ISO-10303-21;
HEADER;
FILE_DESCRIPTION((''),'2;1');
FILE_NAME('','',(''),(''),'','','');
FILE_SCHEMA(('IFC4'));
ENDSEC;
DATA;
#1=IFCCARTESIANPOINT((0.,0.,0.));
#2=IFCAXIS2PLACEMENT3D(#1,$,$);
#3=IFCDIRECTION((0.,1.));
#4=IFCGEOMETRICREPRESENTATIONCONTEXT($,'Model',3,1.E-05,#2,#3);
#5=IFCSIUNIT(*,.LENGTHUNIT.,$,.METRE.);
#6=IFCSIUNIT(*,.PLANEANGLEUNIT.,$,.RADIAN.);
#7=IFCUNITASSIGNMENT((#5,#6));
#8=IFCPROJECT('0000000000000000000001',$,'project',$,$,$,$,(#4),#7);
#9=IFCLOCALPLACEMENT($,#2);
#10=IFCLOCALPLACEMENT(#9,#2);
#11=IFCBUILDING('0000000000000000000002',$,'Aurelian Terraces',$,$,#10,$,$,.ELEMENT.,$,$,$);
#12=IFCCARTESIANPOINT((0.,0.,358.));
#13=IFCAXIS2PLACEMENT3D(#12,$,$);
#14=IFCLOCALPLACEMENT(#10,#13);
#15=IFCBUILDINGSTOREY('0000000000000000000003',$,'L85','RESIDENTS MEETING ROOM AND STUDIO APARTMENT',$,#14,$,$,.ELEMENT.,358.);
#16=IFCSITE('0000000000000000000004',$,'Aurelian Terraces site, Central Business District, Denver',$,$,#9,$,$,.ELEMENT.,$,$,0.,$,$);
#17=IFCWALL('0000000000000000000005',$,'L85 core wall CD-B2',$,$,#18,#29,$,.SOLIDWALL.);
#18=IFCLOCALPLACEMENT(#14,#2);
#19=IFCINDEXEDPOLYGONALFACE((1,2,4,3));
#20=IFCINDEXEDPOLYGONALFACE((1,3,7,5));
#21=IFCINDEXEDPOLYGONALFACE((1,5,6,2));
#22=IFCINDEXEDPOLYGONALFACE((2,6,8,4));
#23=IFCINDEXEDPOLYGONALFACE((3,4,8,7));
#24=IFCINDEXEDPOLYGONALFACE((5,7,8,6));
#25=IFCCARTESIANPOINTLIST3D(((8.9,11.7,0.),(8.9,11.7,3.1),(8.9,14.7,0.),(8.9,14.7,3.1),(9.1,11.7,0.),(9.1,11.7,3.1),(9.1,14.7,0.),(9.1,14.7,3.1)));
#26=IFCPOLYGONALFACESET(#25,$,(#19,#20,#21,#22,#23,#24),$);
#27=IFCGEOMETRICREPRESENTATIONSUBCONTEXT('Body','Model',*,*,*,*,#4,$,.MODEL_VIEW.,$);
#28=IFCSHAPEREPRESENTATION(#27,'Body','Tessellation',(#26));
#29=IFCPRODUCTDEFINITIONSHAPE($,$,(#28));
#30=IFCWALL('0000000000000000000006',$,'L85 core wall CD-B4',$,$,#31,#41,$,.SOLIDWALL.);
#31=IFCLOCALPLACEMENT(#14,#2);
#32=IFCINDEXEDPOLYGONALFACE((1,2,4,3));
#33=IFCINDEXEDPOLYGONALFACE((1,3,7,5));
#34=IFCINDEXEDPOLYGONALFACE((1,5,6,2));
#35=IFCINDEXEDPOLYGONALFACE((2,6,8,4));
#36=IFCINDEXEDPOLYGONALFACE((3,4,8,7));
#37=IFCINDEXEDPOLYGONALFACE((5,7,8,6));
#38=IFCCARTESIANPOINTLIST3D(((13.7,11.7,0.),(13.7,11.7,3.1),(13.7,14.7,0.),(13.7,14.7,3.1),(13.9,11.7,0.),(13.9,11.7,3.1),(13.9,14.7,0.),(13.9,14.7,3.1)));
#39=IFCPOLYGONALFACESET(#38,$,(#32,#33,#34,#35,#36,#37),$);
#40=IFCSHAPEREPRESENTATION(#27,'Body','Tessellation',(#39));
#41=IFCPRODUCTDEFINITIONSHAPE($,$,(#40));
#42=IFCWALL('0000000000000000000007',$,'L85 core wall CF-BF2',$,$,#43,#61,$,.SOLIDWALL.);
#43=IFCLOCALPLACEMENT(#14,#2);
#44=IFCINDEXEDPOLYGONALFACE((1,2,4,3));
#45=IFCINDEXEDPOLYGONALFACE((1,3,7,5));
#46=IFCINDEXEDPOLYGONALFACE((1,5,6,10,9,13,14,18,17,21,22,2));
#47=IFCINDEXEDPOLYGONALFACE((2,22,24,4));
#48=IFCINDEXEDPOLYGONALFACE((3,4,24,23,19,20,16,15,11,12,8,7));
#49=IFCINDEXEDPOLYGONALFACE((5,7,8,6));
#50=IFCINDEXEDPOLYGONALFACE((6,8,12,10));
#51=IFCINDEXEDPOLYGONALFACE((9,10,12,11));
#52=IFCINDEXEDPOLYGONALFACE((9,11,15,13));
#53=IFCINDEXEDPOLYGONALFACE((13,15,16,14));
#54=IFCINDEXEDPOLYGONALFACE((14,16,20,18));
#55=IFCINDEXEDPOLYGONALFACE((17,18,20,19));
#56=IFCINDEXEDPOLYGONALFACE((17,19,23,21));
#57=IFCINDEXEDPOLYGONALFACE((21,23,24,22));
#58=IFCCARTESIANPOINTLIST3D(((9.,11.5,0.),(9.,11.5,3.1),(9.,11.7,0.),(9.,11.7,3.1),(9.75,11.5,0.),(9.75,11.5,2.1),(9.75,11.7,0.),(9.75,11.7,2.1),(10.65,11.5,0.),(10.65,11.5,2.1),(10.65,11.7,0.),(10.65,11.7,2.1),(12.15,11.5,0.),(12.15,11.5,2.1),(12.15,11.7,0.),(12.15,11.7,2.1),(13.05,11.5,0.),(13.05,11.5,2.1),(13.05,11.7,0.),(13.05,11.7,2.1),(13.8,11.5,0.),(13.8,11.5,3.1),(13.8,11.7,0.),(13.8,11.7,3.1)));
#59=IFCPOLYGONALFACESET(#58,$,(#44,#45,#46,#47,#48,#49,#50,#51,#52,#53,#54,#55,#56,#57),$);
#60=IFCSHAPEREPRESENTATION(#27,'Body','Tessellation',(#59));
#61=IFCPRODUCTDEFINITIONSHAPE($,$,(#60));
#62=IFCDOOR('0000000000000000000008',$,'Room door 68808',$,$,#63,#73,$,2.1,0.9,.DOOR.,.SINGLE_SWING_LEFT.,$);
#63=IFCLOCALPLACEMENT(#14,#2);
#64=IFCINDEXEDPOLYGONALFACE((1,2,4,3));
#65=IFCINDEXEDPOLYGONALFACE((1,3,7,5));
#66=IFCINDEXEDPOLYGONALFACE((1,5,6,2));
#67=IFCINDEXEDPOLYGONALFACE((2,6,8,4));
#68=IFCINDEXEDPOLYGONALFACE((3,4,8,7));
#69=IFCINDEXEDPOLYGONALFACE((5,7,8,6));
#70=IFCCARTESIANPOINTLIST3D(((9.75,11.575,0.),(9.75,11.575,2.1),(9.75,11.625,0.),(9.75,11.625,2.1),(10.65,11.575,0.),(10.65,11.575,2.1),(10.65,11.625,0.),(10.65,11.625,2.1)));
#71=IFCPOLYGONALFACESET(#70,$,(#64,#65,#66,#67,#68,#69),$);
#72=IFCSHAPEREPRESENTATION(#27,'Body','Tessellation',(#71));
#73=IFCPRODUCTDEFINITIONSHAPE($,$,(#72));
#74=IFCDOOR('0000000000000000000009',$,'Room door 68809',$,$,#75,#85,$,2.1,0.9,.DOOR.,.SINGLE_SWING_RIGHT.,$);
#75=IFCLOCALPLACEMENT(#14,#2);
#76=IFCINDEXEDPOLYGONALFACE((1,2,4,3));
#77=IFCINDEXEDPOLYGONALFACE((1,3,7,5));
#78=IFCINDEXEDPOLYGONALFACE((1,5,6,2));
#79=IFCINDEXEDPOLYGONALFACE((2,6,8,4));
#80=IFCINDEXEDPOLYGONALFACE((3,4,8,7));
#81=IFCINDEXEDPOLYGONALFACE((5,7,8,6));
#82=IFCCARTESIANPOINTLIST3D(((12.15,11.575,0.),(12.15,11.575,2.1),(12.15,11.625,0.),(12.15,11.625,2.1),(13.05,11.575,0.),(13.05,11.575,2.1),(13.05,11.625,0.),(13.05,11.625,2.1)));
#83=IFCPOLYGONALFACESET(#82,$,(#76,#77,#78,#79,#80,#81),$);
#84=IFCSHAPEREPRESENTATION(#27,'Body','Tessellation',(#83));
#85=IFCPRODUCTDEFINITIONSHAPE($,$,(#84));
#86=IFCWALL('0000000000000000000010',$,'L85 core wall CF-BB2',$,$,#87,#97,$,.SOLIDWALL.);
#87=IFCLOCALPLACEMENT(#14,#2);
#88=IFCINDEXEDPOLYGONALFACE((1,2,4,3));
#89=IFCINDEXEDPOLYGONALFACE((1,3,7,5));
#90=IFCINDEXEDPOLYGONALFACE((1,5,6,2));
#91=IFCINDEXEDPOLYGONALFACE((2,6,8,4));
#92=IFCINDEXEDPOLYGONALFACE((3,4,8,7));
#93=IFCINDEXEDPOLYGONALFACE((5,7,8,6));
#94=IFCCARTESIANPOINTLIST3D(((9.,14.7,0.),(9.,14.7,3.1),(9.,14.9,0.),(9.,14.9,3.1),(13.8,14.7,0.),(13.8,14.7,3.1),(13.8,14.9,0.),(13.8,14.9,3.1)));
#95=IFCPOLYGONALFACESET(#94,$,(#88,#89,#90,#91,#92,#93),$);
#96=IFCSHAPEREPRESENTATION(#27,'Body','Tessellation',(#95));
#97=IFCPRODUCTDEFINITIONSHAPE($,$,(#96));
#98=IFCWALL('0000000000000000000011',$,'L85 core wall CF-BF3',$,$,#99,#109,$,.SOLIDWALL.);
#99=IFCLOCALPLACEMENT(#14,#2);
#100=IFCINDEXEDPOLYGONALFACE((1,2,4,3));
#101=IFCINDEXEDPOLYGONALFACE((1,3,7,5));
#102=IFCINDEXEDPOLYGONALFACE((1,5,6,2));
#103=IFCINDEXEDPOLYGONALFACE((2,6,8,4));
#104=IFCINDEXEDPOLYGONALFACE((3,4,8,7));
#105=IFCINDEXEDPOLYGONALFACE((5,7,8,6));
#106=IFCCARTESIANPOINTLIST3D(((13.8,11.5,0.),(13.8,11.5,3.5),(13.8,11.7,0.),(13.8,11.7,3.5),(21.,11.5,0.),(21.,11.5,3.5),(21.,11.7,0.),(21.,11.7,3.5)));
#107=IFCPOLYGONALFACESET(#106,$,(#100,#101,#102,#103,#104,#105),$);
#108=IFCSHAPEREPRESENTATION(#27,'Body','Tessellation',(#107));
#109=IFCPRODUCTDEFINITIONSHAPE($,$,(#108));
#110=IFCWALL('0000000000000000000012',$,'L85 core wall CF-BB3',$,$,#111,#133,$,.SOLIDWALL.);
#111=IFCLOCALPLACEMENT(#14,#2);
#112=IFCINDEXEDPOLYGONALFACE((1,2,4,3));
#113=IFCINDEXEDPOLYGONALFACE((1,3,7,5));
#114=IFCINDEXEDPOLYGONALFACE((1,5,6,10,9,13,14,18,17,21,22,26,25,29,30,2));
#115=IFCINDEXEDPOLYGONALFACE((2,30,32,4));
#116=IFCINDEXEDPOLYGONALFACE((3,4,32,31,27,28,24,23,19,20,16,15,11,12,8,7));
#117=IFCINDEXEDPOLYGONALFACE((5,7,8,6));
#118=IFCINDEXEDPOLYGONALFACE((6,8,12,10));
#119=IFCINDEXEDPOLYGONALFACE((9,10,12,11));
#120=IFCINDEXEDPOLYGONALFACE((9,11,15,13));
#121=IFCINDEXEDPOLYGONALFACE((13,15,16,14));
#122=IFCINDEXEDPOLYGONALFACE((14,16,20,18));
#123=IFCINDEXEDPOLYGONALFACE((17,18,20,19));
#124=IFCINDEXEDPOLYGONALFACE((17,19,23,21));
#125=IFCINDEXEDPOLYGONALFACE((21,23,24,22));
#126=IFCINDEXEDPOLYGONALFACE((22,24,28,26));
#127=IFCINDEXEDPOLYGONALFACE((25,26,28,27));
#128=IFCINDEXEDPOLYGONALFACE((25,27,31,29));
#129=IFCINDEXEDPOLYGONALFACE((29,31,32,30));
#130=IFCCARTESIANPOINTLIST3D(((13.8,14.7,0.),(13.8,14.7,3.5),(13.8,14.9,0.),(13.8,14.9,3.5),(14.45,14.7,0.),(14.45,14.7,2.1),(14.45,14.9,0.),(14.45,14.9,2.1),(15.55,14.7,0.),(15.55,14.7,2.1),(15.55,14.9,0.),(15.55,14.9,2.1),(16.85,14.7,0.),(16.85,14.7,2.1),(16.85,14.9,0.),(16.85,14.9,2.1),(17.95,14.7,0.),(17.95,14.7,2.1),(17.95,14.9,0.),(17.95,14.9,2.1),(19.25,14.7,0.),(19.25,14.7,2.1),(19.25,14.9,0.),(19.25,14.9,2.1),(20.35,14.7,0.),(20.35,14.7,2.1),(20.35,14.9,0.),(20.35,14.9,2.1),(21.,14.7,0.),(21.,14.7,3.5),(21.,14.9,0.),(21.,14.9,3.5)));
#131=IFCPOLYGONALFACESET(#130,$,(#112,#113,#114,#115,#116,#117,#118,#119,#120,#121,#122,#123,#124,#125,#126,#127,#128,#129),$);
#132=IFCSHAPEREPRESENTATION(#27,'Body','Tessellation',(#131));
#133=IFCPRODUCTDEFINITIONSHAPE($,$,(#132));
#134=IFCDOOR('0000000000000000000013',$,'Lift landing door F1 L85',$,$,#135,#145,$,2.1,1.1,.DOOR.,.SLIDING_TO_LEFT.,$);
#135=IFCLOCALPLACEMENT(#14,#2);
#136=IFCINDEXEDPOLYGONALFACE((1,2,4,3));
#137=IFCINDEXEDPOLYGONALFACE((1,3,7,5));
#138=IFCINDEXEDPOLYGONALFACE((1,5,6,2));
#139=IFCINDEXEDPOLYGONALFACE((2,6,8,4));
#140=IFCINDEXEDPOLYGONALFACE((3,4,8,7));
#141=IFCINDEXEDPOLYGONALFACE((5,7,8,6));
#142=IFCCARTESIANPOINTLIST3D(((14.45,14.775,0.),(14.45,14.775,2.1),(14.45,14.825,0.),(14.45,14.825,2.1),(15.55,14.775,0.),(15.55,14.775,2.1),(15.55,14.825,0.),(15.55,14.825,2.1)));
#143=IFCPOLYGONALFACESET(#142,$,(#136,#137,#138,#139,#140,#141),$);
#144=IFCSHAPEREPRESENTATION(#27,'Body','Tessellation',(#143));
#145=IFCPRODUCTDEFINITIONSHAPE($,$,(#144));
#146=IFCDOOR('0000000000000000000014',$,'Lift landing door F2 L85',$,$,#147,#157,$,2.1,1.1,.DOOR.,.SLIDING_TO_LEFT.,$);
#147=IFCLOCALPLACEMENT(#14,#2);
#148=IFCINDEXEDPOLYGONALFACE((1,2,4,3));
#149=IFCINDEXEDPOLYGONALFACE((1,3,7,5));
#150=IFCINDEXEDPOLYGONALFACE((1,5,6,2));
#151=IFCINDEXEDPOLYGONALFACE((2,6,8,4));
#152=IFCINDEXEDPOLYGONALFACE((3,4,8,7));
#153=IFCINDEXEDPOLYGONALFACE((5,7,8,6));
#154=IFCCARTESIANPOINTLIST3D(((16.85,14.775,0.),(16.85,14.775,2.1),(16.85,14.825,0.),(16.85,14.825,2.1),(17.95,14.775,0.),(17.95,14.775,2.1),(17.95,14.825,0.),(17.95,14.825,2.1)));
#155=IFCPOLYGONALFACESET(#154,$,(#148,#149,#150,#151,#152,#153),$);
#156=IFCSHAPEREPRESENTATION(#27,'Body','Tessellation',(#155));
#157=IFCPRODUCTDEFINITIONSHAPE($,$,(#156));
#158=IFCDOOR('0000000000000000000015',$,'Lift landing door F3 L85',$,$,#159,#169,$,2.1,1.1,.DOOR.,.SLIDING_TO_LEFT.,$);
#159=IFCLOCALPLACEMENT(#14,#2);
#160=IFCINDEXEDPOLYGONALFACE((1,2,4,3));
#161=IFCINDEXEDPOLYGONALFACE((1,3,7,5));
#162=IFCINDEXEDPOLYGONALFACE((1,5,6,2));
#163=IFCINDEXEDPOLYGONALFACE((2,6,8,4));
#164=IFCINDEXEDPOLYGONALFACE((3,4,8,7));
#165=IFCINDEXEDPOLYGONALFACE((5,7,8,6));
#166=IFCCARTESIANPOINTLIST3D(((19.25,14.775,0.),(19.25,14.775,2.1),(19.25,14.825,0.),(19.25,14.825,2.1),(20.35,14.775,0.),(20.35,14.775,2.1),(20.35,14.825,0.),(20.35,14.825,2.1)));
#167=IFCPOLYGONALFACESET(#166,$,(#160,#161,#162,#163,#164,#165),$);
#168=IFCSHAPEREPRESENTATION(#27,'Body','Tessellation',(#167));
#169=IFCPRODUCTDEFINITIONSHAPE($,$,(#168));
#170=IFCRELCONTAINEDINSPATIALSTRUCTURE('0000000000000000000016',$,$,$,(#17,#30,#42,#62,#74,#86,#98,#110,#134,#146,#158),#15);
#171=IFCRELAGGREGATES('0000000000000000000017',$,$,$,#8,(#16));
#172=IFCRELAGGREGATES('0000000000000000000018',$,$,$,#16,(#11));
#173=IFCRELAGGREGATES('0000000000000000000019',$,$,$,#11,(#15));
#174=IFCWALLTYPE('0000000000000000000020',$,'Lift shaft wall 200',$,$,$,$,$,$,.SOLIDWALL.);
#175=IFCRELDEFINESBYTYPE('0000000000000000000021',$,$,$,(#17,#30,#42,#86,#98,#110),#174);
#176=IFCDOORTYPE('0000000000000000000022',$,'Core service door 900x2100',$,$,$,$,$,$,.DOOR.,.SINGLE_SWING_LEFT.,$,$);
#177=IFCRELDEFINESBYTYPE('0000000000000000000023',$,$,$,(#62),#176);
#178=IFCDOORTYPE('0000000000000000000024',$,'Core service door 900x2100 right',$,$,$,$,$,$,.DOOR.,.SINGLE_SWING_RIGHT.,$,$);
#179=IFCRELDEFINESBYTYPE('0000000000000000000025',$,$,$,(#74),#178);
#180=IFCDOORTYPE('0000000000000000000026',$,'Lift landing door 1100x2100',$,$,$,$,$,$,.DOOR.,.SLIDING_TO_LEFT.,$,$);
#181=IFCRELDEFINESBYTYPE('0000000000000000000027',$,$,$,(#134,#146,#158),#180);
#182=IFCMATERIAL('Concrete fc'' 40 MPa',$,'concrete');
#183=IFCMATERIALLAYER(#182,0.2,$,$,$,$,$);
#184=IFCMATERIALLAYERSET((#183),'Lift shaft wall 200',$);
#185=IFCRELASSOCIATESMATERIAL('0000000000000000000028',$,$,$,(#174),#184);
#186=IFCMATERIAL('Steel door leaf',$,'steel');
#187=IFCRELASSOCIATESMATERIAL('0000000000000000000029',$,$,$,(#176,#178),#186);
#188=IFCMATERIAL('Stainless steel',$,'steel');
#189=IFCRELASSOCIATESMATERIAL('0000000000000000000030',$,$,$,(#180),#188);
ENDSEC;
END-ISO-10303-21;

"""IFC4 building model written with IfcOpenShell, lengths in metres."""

from ifc_helpers import new_model, si_unit, direction, frame, frame_2d, origin, place, context, subcontext, project, spatial, rectangle, extrude, source, transform, mapped, material, layer, layer_set, type_object, element, fill, save


model = new_model("IFC4")

# Units and contexts
model_context = context("Model", 3, precision=1e-05, world=origin(), true_north=direction((0.0, 1.0)))
body_context = subcontext(model_context, "Body", "Model", "MODEL_VIEW")
ifc_project = project(units=[si_unit("LENGTHUNIT", "METRE"), si_unit("PLANEANGLEUNIT", "RADIAN")], contexts=[model_context])

# Site, building, storey
site_placement = place(None, origin())
site = spatial("IfcSite", under=ifc_project, at=site_placement, Name="Aurelian Terraces site, Central Business District, Denver", CompositionType="ELEMENT", RefElevation=0.0)
building_placement = place(site_placement, origin())
building = spatial("IfcBuilding", under=site, at=building_placement, Name="Aurelian Terraces", CompositionType="ELEMENT")
storey_placement = place(building_placement, frame((0.0, 0.0, 358.0)))
storey = spatial("IfcBuildingStorey", under=building, at=storey_placement, Name="L85", Description="RESIDENTS MEETING ROOM AND STUDIO APARTMENT", CompositionType="ELEMENT", Elevation=358.0)

# Walls
ifc_material_1 = material(Name="Concrete fc' 40 MPa", Category="concrete")
ifc_layer_1 = layer(ifc_material_1, 0.2)
ifc_layer_set_1 = layer_set([ifc_layer_1], Name="Lift shaft wall 200")
wall_type_1 = type_object("IfcWallType", Name="Lift shaft wall 200", PredefinedType="SOLIDWALL", material=ifc_layer_set_1)
shared_shape_1 = source(origin(), body_context, "Body", "SweptSolid", [
    extrude(rectangle(XDim=3.0, YDim=0.2, at=frame_2d((1.5, 0.0))), origin(), (0.0, 0.0, 1.0), 3.1),
])
for number, where, z_axis, x_axis, name in (
    (1, (9.0, 11.7, 0.0), (0.0, 0.0, 1.0), (0.0, 1.0, 0.0), "L85 core wall CD-B2"),
    (2, (13.8, 11.7, 0.0), (0.0, 0.0, 1.0), (0.0, 1.0, 0.0), "L85 core wall CD-B4"),
):
    element("IfcWall", number, at=place(storey_placement, frame(where, z_axis=z_axis, x_axis=x_axis)), inside=storey, type_object=wall_type_1, Name=name, PredefinedType="SOLIDWALL", context=body_context, shape_type="MappedRepresentation", body=[
        mapped(shared_shape_1, transform((0.0, 0.0, 0.0), scale=1.0)),
    ])

# Wall, openings, doors
shared_shape_2 = source(origin(), body_context, "Body", "SweptSolid", [
    extrude(rectangle(XDim=4.8, YDim=0.2, at=frame_2d((2.4, 0.0))), origin(), (0.0, 0.0, 1.0), 3.1),
])
wall_1_placement = place(storey_placement, frame((9.0, 11.6, 0.0), z_axis=(0.0, 0.0, 1.0), x_axis=(1.0, 0.0, 0.0)))
wall_1 = element("IfcWall", 3, at=wall_1_placement, inside=storey, type_object=wall_type_1, Name="L85 core wall CF-BF2", PredefinedType="SOLIDWALL", context=body_context, shape_type="MappedRepresentation", body=[
    mapped(shared_shape_2, transform((0.0, 0.0, 0.0), scale=1.0)),
])
shared_shape_3 = source(origin(), body_context, "Body", "SweptSolid", [
    extrude(rectangle(XDim=0.9, YDim=2.1, at=frame_2d((0.45, 1.05))), frame((0.0, 0.11, 0.0), z_axis=(0.0, -1.0, 0.0), x_axis=(1.0, 0.0, 0.0)), (0.0, 0.0, 1.0), 0.22),
])
opening_1_placement = place(wall_1_placement, frame((0.75, 0.0, 0.0)))
opening_1 = element("IfcOpeningElement", 4, at=opening_1_placement, cuts=wall_1, PredefinedType="OPENING", context=body_context, shape_type="MappedRepresentation", body=[
    mapped(shared_shape_3, transform((0.0, 0.0, 0.0), scale=1.0)),
])
opening_2_placement = place(wall_1_placement, frame((3.15, 0.0, 0.0)))
opening_2 = element("IfcOpeningElement", 5, at=opening_2_placement, cuts=wall_1, PredefinedType="OPENING", context=body_context, shape_type="MappedRepresentation", body=[
    mapped(shared_shape_3, transform((0.0, 0.0, 0.0), scale=1.0)),
])
ifc_material_2 = material(Name="Steel door leaf", Category="steel")
door_type_1 = type_object("IfcDoorType", Name="Core service door 900x2100", OperationType="SINGLE_SWING_LEFT", PredefinedType="DOOR", material=ifc_material_2)
shared_shape_4 = source(origin(), body_context, "Body", "SweptSolid", [
    extrude(rectangle(XDim=0.9, YDim=2.1, at=frame_2d((0.45, 1.05))), frame((0.0, 0.025, 0.0), z_axis=(0.0, -1.0, 0.0), x_axis=(1.0, 0.0, 0.0)), (0.0, 0.0, 1.0), 0.05),
])
door_1_placement = place(opening_1_placement, origin())
door_1 = element("IfcDoor", 6, at=door_1_placement, inside=storey, type_object=door_type_1, Name="Room door 68808", OperationType="SINGLE_SWING_LEFT", OverallHeight=2.1, OverallWidth=0.9, PredefinedType="DOOR", context=body_context, shape_type="MappedRepresentation", body=[
    mapped(shared_shape_4, transform((0.0, 0.0, 0.0), scale=1.0)),
])
fill(opening_1, door_1)
door_type_2 = type_object("IfcDoorType", Name="Core service door 900x2100 right", OperationType="SINGLE_SWING_RIGHT", PredefinedType="DOOR", material=ifc_material_2)
door_2_placement = place(opening_2_placement, origin())
door_2 = element("IfcDoor", 7, at=door_2_placement, inside=storey, type_object=door_type_2, Name="Room door 68809", OperationType="SINGLE_SWING_RIGHT", OverallHeight=2.1, OverallWidth=0.9, PredefinedType="DOOR", context=body_context, shape_type="MappedRepresentation", body=[
    mapped(shared_shape_4, transform((0.0, 0.0, 0.0), scale=1.0)),
])
fill(opening_2, door_2)

# Walls
wall_2_placement = place(storey_placement, frame((9.0, 14.8, 0.0), z_axis=(0.0, 0.0, 1.0), x_axis=(1.0, 0.0, 0.0)))
element("IfcWall", 8, at=wall_2_placement, inside=storey, type_object=wall_type_1, Name="L85 core wall CF-BB2", PredefinedType="SOLIDWALL", context=body_context, shape_type="MappedRepresentation", body=[
    mapped(shared_shape_2, transform((0.0, 0.0, 0.0), scale=1.0)),
])
shared_shape_5 = source(origin(), body_context, "Body", "SweptSolid", [
    extrude(rectangle(XDim=7.2, YDim=0.2, at=frame_2d((3.6, 0.0))), origin(), (0.0, 0.0, 1.0), 3.5),
])
wall_3_placement = place(storey_placement, frame((13.8, 11.6, 0.0), z_axis=(0.0, 0.0, 1.0), x_axis=(1.0, 0.0, 0.0)))
element("IfcWall", 9, at=wall_3_placement, inside=storey, type_object=wall_type_1, Name="L85 core wall CF-BF3", PredefinedType="SOLIDWALL", context=body_context, shape_type="MappedRepresentation", body=[
    mapped(shared_shape_5, transform((0.0, 0.0, 0.0), scale=1.0)),
])

# Wall, openings, doors
wall_4_placement = place(storey_placement, frame((13.8, 14.8, 0.0), z_axis=(0.0, 0.0, 1.0), x_axis=(1.0, 0.0, 0.0)))
wall_4 = element("IfcWall", 10, at=wall_4_placement, inside=storey, type_object=wall_type_1, Name="L85 core wall CF-BB3", PredefinedType="SOLIDWALL", context=body_context, shape_type="MappedRepresentation", body=[
    mapped(shared_shape_5, transform((0.0, 0.0, 0.0), scale=1.0)),
])
shared_shape_6 = source(origin(), body_context, "Body", "SweptSolid", [
    extrude(rectangle(XDim=1.1, YDim=2.1, at=frame_2d((0.55, 1.05))), frame((0.0, 0.11, 0.0), z_axis=(0.0, -1.0, 0.0), x_axis=(1.0, 0.0, 0.0)), (0.0, 0.0, 1.0), 0.22),
])
opening_3_placement = place(wall_4_placement, frame((0.65, 0.0, 0.0)))
opening_3 = element("IfcOpeningElement", 11, at=opening_3_placement, cuts=wall_4, PredefinedType="OPENING", context=body_context, shape_type="MappedRepresentation", body=[
    mapped(shared_shape_6, transform((0.0, 0.0, 0.0), scale=1.0)),
])
opening_4_placement = place(wall_4_placement, frame((3.05, 0.0, 0.0)))
opening_4 = element("IfcOpeningElement", 12, at=opening_4_placement, cuts=wall_4, PredefinedType="OPENING", context=body_context, shape_type="MappedRepresentation", body=[
    mapped(shared_shape_6, transform((0.0, 0.0, 0.0), scale=1.0)),
])
opening_5_placement = place(wall_4_placement, frame((5.45, 0.0, 0.0)))
opening_5 = element("IfcOpeningElement", 13, at=opening_5_placement, cuts=wall_4, PredefinedType="OPENING", context=body_context, shape_type="MappedRepresentation", body=[
    mapped(shared_shape_6, transform((0.0, 0.0, 0.0), scale=1.0)),
])
ifc_material_3 = material(Name="Stainless steel", Category="steel")
door_type_3 = type_object("IfcDoorType", Name="Lift landing door 1100x2100", OperationType="SLIDING_TO_LEFT", PredefinedType="DOOR", material=ifc_material_3)
shared_shape_7 = source(origin(), body_context, "Body", "SweptSolid", [
    extrude(rectangle(XDim=1.1, YDim=2.1, at=frame_2d((0.55, 1.05))), frame((0.0, 0.025, 0.0), z_axis=(0.0, -1.0, 0.0), x_axis=(1.0, 0.0, 0.0)), (0.0, 0.0, 1.0), 0.05),
])
door_3_placement = place(opening_3_placement, origin())
door_3 = element("IfcDoor", 14, at=door_3_placement, inside=storey, type_object=door_type_3, Name="Lift landing door F1 L85", OperationType="SLIDING_TO_LEFT", OverallHeight=2.1, OverallWidth=1.1, PredefinedType="DOOR", context=body_context, shape_type="MappedRepresentation", body=[
    mapped(shared_shape_7, transform((0.0, 0.0, 0.0), scale=1.0)),
])
fill(opening_3, door_3)
door_4_placement = place(opening_4_placement, origin())
door_4 = element("IfcDoor", 15, at=door_4_placement, inside=storey, type_object=door_type_3, Name="Lift landing door F2 L85", OperationType="SLIDING_TO_LEFT", OverallHeight=2.1, OverallWidth=1.1, PredefinedType="DOOR", context=body_context, shape_type="MappedRepresentation", body=[
    mapped(shared_shape_7, transform((0.0, 0.0, 0.0), scale=1.0)),
])
fill(opening_4, door_4)
door_5_placement = place(opening_5_placement, origin())
door_5 = element("IfcDoor", 16, at=door_5_placement, inside=storey, type_object=door_type_3, Name="Lift landing door F3 L85", OperationType="SLIDING_TO_LEFT", OverallHeight=2.1, OverallWidth=1.1, PredefinedType="DOOR", context=body_context, shape_type="MappedRepresentation", body=[
    mapped(shared_shape_7, transform((0.0, 0.0, 0.0), scale=1.0)),
])
fill(opening_5, door_5)

save(model, "model.ifc")
